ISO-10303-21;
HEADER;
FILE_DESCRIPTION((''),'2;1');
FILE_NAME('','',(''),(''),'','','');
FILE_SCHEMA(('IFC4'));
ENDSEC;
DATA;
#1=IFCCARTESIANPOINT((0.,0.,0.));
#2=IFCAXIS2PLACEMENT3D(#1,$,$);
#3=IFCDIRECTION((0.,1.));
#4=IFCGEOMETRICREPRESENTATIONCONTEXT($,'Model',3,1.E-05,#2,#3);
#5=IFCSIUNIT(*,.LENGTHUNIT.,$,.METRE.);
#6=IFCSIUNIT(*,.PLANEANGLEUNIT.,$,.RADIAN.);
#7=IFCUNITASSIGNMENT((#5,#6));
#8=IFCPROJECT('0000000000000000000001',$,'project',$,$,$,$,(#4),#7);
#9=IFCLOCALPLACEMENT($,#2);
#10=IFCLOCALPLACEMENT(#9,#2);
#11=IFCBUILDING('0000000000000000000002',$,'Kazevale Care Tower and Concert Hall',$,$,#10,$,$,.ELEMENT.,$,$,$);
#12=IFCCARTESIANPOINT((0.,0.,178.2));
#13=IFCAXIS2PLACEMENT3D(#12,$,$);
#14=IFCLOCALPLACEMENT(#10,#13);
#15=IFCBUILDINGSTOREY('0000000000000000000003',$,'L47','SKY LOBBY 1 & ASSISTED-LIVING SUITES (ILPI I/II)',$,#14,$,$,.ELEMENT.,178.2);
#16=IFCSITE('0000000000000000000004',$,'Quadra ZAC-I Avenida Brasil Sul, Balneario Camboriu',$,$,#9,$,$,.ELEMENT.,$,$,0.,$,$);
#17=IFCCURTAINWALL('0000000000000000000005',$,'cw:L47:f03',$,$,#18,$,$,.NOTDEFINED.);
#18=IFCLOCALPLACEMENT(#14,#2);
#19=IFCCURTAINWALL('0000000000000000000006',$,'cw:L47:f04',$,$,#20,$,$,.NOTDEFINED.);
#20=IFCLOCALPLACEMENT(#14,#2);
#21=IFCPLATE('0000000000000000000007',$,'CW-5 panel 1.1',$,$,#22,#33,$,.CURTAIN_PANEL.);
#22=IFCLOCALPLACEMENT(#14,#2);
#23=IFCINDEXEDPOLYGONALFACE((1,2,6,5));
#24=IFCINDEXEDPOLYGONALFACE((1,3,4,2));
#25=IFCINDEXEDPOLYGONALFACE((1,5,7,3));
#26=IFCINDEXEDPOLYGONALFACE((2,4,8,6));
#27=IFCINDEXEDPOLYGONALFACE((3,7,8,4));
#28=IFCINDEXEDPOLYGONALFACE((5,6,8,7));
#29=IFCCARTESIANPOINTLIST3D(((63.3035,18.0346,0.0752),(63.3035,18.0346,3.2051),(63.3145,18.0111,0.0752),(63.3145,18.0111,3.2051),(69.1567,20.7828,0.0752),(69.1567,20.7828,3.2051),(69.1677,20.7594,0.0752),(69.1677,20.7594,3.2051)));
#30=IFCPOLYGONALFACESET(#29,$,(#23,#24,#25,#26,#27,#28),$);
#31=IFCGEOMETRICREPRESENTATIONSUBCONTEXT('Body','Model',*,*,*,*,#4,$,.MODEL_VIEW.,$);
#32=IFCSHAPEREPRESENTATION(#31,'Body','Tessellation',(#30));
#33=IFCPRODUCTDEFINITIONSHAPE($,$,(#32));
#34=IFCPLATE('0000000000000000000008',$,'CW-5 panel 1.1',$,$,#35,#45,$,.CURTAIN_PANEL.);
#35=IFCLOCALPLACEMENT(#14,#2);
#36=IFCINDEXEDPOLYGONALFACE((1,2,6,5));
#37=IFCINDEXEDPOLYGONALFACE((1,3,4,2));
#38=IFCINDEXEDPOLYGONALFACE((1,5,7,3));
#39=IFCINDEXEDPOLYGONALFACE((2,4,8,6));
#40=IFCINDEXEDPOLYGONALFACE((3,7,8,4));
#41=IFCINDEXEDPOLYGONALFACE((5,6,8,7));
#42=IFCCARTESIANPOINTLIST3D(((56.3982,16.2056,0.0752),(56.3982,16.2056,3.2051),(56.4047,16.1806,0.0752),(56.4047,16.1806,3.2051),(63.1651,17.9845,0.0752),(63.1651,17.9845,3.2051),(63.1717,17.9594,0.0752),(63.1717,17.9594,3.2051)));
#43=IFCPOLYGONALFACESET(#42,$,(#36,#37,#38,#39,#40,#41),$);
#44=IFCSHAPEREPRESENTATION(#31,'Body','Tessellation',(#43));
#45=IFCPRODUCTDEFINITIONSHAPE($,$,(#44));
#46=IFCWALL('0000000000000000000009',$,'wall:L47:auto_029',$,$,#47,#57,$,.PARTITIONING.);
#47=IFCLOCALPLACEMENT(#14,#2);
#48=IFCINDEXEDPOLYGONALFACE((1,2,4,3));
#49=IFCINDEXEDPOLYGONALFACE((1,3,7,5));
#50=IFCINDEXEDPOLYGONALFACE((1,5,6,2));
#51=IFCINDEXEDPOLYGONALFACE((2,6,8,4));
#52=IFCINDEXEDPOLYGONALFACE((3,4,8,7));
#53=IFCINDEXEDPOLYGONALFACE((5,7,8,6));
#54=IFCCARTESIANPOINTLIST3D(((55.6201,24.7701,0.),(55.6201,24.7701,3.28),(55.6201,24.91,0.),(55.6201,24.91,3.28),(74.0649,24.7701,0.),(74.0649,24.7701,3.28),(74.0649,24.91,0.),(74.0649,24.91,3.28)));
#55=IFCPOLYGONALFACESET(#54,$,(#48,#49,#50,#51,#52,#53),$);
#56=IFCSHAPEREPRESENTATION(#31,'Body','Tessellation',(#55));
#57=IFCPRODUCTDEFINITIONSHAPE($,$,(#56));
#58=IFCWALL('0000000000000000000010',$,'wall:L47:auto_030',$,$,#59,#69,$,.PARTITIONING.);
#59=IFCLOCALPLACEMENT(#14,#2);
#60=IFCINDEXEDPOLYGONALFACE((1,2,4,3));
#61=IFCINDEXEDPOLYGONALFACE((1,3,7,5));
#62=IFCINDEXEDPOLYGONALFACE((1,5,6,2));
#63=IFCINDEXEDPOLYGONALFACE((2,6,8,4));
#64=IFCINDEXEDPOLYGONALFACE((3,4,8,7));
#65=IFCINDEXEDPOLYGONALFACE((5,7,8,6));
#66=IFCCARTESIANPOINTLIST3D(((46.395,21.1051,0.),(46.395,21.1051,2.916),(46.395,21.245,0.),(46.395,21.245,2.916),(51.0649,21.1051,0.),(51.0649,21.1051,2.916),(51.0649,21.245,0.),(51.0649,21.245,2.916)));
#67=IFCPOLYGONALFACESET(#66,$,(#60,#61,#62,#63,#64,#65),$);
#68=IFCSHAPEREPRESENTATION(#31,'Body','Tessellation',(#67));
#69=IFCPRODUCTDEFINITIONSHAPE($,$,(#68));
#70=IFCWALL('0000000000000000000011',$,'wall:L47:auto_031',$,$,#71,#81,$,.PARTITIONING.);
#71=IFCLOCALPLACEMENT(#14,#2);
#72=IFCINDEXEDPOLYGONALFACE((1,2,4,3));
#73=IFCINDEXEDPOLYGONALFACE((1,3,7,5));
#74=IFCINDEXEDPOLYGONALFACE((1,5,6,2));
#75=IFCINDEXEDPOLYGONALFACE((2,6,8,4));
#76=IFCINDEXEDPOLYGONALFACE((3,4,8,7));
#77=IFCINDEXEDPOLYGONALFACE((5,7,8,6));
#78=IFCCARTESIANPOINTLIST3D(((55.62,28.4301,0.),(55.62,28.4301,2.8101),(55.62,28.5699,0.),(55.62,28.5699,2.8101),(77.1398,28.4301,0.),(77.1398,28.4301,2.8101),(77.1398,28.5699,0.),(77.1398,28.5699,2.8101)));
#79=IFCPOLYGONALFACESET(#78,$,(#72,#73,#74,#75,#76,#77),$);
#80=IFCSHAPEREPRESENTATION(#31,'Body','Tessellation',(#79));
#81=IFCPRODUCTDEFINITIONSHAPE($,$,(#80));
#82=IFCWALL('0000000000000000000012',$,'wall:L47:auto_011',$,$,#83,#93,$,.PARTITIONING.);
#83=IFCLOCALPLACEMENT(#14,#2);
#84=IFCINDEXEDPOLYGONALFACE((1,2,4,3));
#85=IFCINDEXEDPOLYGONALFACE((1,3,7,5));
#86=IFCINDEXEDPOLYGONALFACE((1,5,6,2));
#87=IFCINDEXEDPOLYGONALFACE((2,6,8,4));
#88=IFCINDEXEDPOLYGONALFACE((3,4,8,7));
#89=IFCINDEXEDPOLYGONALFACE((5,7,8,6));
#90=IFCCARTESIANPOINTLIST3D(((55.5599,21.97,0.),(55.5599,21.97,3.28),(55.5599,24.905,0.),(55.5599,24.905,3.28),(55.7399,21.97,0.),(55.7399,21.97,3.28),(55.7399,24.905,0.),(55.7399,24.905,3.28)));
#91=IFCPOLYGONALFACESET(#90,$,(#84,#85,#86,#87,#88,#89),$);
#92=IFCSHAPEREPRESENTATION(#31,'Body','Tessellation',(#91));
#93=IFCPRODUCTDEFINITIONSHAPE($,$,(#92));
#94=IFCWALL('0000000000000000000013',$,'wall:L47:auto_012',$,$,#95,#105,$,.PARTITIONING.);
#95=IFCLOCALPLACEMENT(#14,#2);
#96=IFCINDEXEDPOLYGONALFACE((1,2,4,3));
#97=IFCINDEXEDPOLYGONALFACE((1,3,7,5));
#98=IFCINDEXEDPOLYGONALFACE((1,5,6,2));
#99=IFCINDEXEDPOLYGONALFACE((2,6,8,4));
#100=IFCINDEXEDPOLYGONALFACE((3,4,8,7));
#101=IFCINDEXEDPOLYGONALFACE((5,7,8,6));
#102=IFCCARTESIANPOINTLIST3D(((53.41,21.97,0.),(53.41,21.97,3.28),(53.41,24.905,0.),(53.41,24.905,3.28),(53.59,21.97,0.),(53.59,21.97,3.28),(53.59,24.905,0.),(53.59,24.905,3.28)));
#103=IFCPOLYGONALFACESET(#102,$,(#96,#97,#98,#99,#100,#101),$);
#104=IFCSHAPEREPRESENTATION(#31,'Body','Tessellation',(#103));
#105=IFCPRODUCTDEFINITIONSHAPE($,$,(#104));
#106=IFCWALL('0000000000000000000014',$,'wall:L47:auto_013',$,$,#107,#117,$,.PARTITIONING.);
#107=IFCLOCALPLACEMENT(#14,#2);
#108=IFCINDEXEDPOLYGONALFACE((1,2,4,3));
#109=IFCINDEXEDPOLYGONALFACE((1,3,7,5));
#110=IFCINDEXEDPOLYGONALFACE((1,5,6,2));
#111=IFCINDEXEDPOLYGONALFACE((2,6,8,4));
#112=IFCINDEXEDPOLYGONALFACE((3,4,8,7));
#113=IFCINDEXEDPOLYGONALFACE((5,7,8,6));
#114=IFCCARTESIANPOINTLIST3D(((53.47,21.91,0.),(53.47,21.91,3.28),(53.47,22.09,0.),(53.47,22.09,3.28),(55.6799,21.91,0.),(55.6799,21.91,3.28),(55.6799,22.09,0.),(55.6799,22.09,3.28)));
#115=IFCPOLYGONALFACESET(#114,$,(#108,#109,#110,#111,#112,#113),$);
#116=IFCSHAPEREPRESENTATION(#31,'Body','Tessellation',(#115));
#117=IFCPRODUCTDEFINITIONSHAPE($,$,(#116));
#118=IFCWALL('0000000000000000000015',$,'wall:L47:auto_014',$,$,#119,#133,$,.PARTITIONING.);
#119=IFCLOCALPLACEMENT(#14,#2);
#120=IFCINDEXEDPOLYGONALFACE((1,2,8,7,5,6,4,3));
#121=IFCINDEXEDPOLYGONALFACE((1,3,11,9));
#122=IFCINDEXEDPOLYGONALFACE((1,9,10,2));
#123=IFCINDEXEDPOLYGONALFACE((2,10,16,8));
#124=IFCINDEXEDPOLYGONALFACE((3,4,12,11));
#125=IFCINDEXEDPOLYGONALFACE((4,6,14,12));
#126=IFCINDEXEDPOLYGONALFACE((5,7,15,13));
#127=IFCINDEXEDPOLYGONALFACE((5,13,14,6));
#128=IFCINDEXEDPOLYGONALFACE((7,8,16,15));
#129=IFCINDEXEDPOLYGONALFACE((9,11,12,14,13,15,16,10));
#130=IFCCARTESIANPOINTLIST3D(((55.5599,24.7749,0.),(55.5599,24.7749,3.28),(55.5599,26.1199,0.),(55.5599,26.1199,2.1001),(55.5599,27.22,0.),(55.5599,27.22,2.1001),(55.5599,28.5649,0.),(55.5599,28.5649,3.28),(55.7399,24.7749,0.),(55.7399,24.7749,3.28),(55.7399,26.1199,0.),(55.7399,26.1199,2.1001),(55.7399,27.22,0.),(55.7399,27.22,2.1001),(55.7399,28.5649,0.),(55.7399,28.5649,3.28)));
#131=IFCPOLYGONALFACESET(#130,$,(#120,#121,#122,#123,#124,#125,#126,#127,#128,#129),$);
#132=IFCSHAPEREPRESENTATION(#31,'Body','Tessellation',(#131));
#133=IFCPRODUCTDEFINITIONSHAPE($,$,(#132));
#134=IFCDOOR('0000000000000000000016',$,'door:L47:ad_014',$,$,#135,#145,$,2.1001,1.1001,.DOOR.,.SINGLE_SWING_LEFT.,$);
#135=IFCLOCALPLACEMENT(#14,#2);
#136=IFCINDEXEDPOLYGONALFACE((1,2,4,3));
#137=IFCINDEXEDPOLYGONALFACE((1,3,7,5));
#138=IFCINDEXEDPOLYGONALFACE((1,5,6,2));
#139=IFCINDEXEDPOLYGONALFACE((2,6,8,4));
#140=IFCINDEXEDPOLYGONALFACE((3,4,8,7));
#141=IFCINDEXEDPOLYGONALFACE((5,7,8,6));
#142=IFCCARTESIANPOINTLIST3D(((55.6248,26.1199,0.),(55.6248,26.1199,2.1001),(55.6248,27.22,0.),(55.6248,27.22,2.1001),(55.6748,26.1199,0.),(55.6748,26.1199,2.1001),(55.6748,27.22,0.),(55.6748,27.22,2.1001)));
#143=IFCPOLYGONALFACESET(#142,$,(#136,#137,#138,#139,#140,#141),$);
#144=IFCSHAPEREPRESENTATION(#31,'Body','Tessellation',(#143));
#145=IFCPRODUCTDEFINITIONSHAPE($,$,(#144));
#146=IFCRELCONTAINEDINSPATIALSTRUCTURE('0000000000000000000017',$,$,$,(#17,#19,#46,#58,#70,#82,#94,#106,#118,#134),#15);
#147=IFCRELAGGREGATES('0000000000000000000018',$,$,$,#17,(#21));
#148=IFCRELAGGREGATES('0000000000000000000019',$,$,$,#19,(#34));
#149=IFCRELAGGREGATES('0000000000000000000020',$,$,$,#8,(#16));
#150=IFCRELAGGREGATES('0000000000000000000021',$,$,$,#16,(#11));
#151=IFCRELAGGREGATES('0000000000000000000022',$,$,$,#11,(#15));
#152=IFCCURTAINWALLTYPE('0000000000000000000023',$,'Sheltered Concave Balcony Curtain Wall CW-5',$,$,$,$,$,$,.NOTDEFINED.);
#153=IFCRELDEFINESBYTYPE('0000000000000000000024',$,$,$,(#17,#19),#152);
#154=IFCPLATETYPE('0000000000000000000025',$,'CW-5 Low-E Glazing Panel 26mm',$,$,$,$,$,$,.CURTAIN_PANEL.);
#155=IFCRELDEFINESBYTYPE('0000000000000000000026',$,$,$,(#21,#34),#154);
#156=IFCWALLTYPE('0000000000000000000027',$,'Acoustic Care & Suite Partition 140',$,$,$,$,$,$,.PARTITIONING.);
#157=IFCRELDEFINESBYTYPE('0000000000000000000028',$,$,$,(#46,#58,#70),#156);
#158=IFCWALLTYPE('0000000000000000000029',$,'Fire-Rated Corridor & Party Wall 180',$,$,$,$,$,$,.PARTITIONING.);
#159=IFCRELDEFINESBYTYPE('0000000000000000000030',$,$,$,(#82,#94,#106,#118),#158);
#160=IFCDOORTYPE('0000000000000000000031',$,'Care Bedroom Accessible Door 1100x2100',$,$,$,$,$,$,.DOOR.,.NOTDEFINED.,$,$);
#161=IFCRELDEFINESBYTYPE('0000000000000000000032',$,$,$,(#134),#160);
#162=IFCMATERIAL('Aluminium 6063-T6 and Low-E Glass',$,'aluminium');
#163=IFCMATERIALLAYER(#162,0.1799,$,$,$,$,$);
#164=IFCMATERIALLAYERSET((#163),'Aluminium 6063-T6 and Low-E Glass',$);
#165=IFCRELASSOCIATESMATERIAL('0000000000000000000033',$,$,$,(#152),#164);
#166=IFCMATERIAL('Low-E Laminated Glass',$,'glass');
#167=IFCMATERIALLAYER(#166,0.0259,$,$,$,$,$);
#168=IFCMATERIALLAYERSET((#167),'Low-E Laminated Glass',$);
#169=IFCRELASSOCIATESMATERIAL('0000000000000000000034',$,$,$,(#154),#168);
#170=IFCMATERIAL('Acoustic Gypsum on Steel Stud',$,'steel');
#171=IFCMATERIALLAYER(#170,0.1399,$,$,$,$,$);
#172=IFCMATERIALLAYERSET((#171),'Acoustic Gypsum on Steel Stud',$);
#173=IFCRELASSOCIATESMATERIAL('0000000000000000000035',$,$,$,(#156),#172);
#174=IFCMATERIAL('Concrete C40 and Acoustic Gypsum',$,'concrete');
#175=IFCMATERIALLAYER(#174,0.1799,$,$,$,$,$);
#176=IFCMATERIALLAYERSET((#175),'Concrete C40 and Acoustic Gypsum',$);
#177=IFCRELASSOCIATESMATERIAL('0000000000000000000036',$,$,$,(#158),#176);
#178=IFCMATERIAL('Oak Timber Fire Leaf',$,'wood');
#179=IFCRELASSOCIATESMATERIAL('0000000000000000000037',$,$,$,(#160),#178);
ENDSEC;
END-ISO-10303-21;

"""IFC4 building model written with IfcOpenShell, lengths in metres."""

from ifc_helpers import new_model, si_unit, direction, frame, frame_2d, origin, origin_2d, place, context, subcontext, project, spatial, rectangle, extrude, material, layer, layer_set, type_object, element, fill, aggregate, save


model = new_model("IFC4")

# Units and contexts
model_context = context("Model", 3, precision=1e-05, world=origin(), true_north=direction((0.0, 1.0)))
body_context = subcontext(model_context, "Body", "Model", "MODEL_VIEW")
ifc_project = project(units=[si_unit("LENGTHUNIT", "METRE"), si_unit("PLANEANGLEUNIT", "RADIAN")], contexts=[model_context])

# Site, building, storey
site_placement = place(None, origin())
site = spatial("IfcSite", under=ifc_project, at=site_placement, Name="Quadra ZAC-I Avenida Brasil Sul, Balneario Camboriu", CompositionType="ELEMENT", RefElevation=0.0)
building_placement = place(site_placement, origin())
building = spatial("IfcBuilding", under=site, at=building_placement, Name="Kazevale Care Tower and Concert Hall", CompositionType="ELEMENT")
storey_placement = place(building_placement, frame((0.0, 0.0, 178.2)))
storey = spatial("IfcBuildingStorey", under=building, at=storey_placement, Name="L47", Description="SKY LOBBY 1 & ASSISTED-LIVING SUITES (ILPI I/II)", CompositionType="ELEMENT", Elevation=178.2)

# Shared definitions
ifc_material_1 = material(Name="Aluminium 6063-T6 and Low-E Glass", Category="aluminium")

# Curtain walls
ifc_layer_1 = layer(ifc_material_1, 0.1799)
ifc_layer_set_1 = layer_set([ifc_layer_1], Name="Aluminium 6063-T6 and Low-E Glass")
curtain_wall_type_1 = type_object("IfcCurtainWallType", Name="Sheltered Concave Balcony Curtain Wall CW-5", PredefinedType="NOTDEFINED", material=ifc_layer_set_1)
curtain_wall_1_placement = place(storey_placement, origin())
curtain_wall_1 = element("IfcCurtainWall", 1, at=curtain_wall_1_placement, inside=storey, type_object=curtain_wall_type_1, Name="cw:L47:f03", PredefinedType="NOTDEFINED")
curtain_wall_2_placement = place(storey_placement, origin())
curtain_wall_2 = element("IfcCurtainWall", 2, at=curtain_wall_2_placement, inside=storey, type_object=curtain_wall_type_1, Name="cw:L47:f04", PredefinedType="NOTDEFINED")

# Plates
ifc_material_2 = material(Name="Low-E Laminated Glass", Category="glass")
ifc_layer_2 = layer(ifc_material_2, 0.0259)
ifc_layer_set_2 = layer_set([ifc_layer_2], Name="Low-E Laminated Glass")
plate_type = type_object("IfcPlateType", Name="CW-5 Low-E Glazing Panel 26mm", PredefinedType="CURTAIN_PANEL", material=ifc_layer_set_2)
plate_1_placement = place(storey_placement, frame((66.2356, 19.397, 0.0752), z_axis=(0.0, 0.0, 1.0), x_axis=(-0.905188, -0.425011, 0.0)))
plate_1 = element("IfcPlate", 3, at=plate_1_placement, type_object=plate_type, Name="CW-5 panel 1.1", PredefinedType="CURTAIN_PANEL", context=body_context, shape_type="SweptSolid", body=[
    extrude(rectangle(XDim=6.4663, YDim=0.0259, at=origin_2d()), origin(), (0.0, 0.0, 1.0), 3.1299),
])
aggregate(curtain_wall_1, [plate_1])
plate_2_placement = place(storey_placement, frame((59.7849, 17.0825, 0.0752), z_axis=(0.0, 0.0, 1.0), x_axis=(-0.967142, -0.254238, 0.0)))
plate_2 = element("IfcPlate", 4, at=plate_2_placement, type_object=plate_type, Name="CW-5 panel 1.1", PredefinedType="CURTAIN_PANEL", context=body_context, shape_type="SweptSolid", body=[
    extrude(rectangle(XDim=6.9968, YDim=0.0259, at=origin_2d()), origin(), (0.0, 0.0, 1.0), 3.1299),
])
aggregate(curtain_wall_2, [plate_2])

# Walls
ifc_material_3 = material(Name="Acoustic Gypsum on Steel Stud", Category="steel")
ifc_layer_3 = layer(ifc_material_3, 0.1399)
ifc_layer_set_3 = layer_set([ifc_layer_3], Name="Acoustic Gypsum on Steel Stud")
wall_type_1 = type_object("IfcWallType", Name="Acoustic Care & Suite Partition 140", PredefinedType="PARTITIONING", material=ifc_layer_set_3)
wall_1_placement = place(storey_placement, frame((55.6201, 24.8401, 0.0), z_axis=(0.0, 0.0, 1.0), x_axis=(1.0, 0.0, 0.0)))
element("IfcWall", 5, at=wall_1_placement, inside=storey, type_object=wall_type_1, Name="wall:L47:auto_029", PredefinedType="PARTITIONING", context=body_context, shape_type="SweptSolid", body=[
    extrude(rectangle(XDim=18.4448, YDim=0.1399, at=frame_2d((9.2224, 0.0))), origin(), (0.0, 0.0, 1.0), 3.28),
])
wall_2_placement = place(storey_placement, frame((51.0649, 21.175, 0.0), z_axis=(0.0, 0.0, 1.0), x_axis=(-1.0, 0.0, 0.0)))
element("IfcWall", 6, at=wall_2_placement, inside=storey, type_object=wall_type_1, Name="wall:L47:auto_030", PredefinedType="PARTITIONING", context=body_context, shape_type="SweptSolid", body=[
    extrude(rectangle(XDim=4.6699, YDim=0.1399, at=frame_2d((2.335, 0.0))), origin(), (0.0, 0.0, 1.0), 2.916),
])
wall_3_placement = place(storey_placement, frame((55.6201, 28.5, 0.0), z_axis=(0.0, 0.0, 1.0), x_axis=(1.0, 0.0, 0.0)))
element("IfcWall", 7, at=wall_3_placement, inside=storey, type_object=wall_type_1, Name="wall:L47:auto_031", PredefinedType="PARTITIONING", context=body_context, shape_type="SweptSolid", body=[
    extrude(rectangle(XDim=21.5198, YDim=0.1399, at=frame_2d((10.7598, 0.0))), origin(), (0.0, 0.0, 1.0), 2.8101),
])
ifc_material_4 = material(Name="Concrete C40 and Acoustic Gypsum", Category="concrete")
ifc_layer_4 = layer(ifc_material_4, 0.1799)
ifc_layer_set_4 = layer_set([ifc_layer_4], Name="Concrete C40 and Acoustic Gypsum")
wall_type_2 = type_object("IfcWallType", Name="Fire-Rated Corridor & Party Wall 180", PredefinedType="PARTITIONING", material=ifc_layer_set_4)
for number, where, z_axis, x_axis, name in (
    (8, (55.6499, 24.905, 0.0), (0.0, 0.0, 1.0), (0.0, -1.0, 0.0), "wall:L47:auto_011"),
    (9, (53.5, 21.97, 0.0), (0.0, 0.0, 1.0), (0.0, 1.0, 0.0), "wall:L47:auto_012"),
):
    element("IfcWall", number, at=place(storey_placement, frame(where, z_axis=z_axis, x_axis=x_axis)), inside=storey, type_object=wall_type_2, Name=name, PredefinedType="PARTITIONING", context=body_context, shape_type="SweptSolid", body=[
        extrude(rectangle(XDim=2.9351, YDim=0.1799, at=frame_2d((1.4675, 0.0))), origin(), (0.0, 0.0, 1.0), 3.28),
    ])
wall_4_placement = place(storey_placement, frame((55.6799, 22.0, 0.0), z_axis=(0.0, 0.0, 1.0), x_axis=(-1.0, 0.0, 0.0)))
element("IfcWall", 10, at=wall_4_placement, inside=storey, type_object=wall_type_2, Name="wall:L47:auto_013", PredefinedType="PARTITIONING", context=body_context, shape_type="SweptSolid", body=[
    extrude(rectangle(XDim=2.21, YDim=0.1799, at=frame_2d((1.105, 0.0))), origin(), (0.0, 0.0, 1.0), 3.28),
])

# Wall, opening, door
wall_5_placement = place(storey_placement, frame((55.6499, 28.5649, 0.0), z_axis=(0.0, 0.0, 1.0), x_axis=(0.0, -1.0, 0.0)))
wall_5 = element("IfcWall", 11, at=wall_5_placement, inside=storey, type_object=wall_type_2, Name="wall:L47:auto_014", PredefinedType="PARTITIONING", context=body_context, shape_type="SweptSolid", body=[
    extrude(rectangle(XDim=3.79, YDim=0.1799, at=frame_2d((1.895, 0.0))), origin(), (0.0, 0.0, 1.0), 3.28),
])
opening_1_placement = place(wall_5_placement, frame((1.345, 0.0, 0.0)))
opening_1 = element("IfcOpeningElement", 12, at=opening_1_placement, cuts=wall_5, PredefinedType="OPENING", context=body_context, shape_type="SweptSolid", body=[
    extrude(rectangle(XDim=1.1001, YDim=2.1001, at=frame_2d((0.55, 1.05))), frame((0.0, 0.0999, 0.0), z_axis=(0.0, -1.0, 0.0), x_axis=(1.0, 0.0, 0.0)), (0.0, 0.0, 1.0), 0.2),
])
ifc_material_5 = material(Name="Oak Timber Fire Leaf", Category="wood")
door_type_1 = type_object("IfcDoorType", Name="Care Bedroom Accessible Door 1100x2100", OperationType="NOTDEFINED", PredefinedType="DOOR", material=ifc_material_5)
door_1_placement = place(opening_1_placement, origin())
door_1 = element("IfcDoor", 13, at=door_1_placement, inside=storey, type_object=door_type_1, Name="door:L47:ad_014", OperationType="SINGLE_SWING_LEFT", OverallHeight=2.1001, OverallWidth=1.1001, PredefinedType="DOOR", context=body_context, shape_type="SweptSolid", body=[
    extrude(rectangle(XDim=1.1001, YDim=2.1001, at=frame_2d((0.55, 1.05))), frame((0.0, 0.0249, 0.0), z_axis=(0.0, -1.0, 0.0), x_axis=(1.0, 0.0, 0.0)), (0.0, 0.0, 1.0), 0.05),
])
fill(opening_1, door_1)

save(model, "model.ifc")
